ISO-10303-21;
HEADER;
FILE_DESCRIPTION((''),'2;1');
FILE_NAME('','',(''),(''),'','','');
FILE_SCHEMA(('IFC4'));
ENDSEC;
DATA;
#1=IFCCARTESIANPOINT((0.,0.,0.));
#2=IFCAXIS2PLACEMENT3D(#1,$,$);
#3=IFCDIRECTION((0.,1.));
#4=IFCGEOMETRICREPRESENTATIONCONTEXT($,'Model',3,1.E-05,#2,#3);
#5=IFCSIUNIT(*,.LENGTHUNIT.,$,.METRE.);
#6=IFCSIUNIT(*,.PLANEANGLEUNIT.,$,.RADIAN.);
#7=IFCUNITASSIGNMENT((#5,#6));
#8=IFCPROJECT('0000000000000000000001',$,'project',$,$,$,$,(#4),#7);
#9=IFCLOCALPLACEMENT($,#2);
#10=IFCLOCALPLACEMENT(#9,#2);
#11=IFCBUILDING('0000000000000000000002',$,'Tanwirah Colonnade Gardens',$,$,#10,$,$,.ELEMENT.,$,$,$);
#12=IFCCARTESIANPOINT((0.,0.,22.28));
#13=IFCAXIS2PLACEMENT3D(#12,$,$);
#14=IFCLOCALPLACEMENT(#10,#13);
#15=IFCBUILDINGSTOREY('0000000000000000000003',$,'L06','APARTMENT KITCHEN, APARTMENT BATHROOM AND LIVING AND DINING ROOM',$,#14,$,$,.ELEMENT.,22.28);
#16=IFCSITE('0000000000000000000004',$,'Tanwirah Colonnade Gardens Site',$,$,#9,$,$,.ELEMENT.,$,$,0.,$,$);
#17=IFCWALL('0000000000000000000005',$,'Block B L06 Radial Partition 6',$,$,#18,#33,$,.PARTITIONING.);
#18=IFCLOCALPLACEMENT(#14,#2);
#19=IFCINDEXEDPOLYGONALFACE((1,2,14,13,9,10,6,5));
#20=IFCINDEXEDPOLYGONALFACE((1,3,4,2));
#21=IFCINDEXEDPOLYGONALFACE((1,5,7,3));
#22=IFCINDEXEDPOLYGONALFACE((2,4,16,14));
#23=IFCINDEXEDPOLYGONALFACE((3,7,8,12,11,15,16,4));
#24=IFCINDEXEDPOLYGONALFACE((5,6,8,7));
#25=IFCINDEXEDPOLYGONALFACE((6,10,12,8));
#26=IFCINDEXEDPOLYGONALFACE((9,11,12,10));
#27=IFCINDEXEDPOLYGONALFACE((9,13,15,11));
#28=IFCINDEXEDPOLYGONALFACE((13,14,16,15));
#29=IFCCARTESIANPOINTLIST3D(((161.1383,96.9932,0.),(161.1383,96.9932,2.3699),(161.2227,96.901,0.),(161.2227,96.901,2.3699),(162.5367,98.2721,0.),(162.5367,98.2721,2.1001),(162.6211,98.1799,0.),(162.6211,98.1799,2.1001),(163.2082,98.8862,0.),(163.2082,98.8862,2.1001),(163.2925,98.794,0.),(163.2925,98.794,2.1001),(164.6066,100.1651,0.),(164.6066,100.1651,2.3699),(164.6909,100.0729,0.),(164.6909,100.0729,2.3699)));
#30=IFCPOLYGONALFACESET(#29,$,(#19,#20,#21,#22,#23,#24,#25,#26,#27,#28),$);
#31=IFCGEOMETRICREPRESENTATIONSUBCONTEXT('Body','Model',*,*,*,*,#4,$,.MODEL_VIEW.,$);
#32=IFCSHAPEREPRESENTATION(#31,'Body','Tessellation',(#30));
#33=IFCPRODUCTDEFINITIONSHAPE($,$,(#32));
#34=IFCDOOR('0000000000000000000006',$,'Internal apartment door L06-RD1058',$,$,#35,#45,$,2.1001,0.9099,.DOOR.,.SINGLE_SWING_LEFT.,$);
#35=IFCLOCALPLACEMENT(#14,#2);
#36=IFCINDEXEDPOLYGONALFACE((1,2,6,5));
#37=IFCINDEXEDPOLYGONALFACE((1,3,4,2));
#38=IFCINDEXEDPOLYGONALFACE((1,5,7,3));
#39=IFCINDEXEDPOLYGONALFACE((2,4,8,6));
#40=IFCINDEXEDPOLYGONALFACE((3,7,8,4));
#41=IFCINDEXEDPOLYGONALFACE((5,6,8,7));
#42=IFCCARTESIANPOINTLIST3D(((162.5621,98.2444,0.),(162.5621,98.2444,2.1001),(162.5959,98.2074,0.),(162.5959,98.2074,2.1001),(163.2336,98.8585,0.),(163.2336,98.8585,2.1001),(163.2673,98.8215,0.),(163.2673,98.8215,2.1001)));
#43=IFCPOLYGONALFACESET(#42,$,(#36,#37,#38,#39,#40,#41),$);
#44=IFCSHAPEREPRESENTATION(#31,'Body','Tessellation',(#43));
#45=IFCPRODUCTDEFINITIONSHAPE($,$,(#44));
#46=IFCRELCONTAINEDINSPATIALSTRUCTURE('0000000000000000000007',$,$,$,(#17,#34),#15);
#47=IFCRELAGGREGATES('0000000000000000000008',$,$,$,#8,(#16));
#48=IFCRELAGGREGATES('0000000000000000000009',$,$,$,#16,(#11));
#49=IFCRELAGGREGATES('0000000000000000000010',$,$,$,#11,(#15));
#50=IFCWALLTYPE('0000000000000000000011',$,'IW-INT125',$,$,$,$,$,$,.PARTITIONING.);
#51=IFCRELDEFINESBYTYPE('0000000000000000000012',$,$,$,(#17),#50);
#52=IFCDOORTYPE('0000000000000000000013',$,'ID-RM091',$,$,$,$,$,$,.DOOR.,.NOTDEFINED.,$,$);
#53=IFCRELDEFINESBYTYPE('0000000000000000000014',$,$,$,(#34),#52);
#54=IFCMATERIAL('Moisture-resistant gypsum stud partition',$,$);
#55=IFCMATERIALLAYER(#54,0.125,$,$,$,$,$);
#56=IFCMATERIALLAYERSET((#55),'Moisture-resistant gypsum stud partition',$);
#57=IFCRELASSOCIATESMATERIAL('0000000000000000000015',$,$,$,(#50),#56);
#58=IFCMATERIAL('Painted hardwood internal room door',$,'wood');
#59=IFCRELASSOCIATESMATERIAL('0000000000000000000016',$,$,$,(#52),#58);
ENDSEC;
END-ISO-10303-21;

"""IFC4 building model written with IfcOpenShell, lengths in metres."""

from ifc_helpers import new_model, si_unit, direction, frame, frame_2d, origin, place, context, subcontext, project, spatial, rectangle, extrude, material, layer, layer_set, type_object, element, fill, save


model = new_model("IFC4")

# Units and contexts
model_context = context("Model", 3, precision=1e-05, world=origin(), true_north=direction((0.0, 1.0)))
body_context = subcontext(model_context, "Body", "Model", "MODEL_VIEW")
ifc_project = project(units=[si_unit("LENGTHUNIT", "METRE"), si_unit("PLANEANGLEUNIT", "RADIAN")], contexts=[model_context])

# Site, building, storey
site_placement = place(None, origin())
site = spatial("IfcSite", under=ifc_project, at=site_placement, Name="Tanwirah Colonnade Gardens Site", CompositionType="ELEMENT", RefElevation=0.0)
building_placement = place(site_placement, origin())
building = spatial("IfcBuilding", under=site, at=building_placement, Name="Tanwirah Colonnade Gardens", CompositionType="ELEMENT")
storey_placement = place(building_placement, frame((0.0, 0.0, 22.28)))
storey = spatial("IfcBuildingStorey", under=building, at=storey_placement, Name="L06", Description="APARTMENT KITCHEN, APARTMENT BATHROOM AND LIVING AND DINING ROOM", CompositionType="ELEMENT", Elevation=22.28)

# Wall, opening, door
ifc_material_1 = material(Name="Moisture-resistant gypsum stud partition")
ifc_layer_1 = layer(ifc_material_1, 0.125)
ifc_layer_set_1 = layer_set([ifc_layer_1], Name="Moisture-resistant gypsum stud partition")
wall_type_1 = type_object("IfcWallType", Name="IW-INT125", PredefinedType="PARTITIONING", material=ifc_layer_set_1)
wall_1_placement = place(storey_placement, frame((161.1804, 96.947, 0.0), z_axis=(0.0, 0.0, 1.0), x_axis=(0.737934, 0.674873, 0.0)))
wall_1 = element("IfcWall", 1, at=wall_1_placement, inside=storey, type_object=wall_type_1, Name="Block B L06 Radial Partition 6", PredefinedType="PARTITIONING", context=body_context, shape_type="SweptSolid", body=[
    extrude(rectangle(XDim=4.7, YDim=0.125, at=frame_2d((2.3501, 0.0))), origin(), (0.0, 0.0, 1.0), 2.3699),
])
opening_1_placement = place(wall_1_placement, frame((1.895, 0.0, 0.0)))
opening_1 = element("IfcOpeningElement", 2, at=opening_1_placement, cuts=wall_1, PredefinedType="OPENING", context=body_context, shape_type="SweptSolid", body=[
    extrude(rectangle(XDim=0.9099, YDim=2.1001, at=frame_2d((0.4551, 1.05))), frame((0.0, 0.0725, 0.0), z_axis=(0.0, -1.0, 0.0), x_axis=(1.0, 0.0, 0.0)), (0.0, 0.0, 1.0), 0.145),
])
ifc_material_2 = material(Name="Painted hardwood internal room door", Category="wood")
door_type_1 = type_object("IfcDoorType", Name="ID-RM091", OperationType="NOTDEFINED", PredefinedType="DOOR", material=ifc_material_2)
door_1_placement = place(opening_1_placement, origin())
door_1 = element("IfcDoor", 3, at=door_1_placement, inside=storey, type_object=door_type_1, Name="Internal apartment door L06-RD1058", OperationType="SINGLE_SWING_LEFT", OverallHeight=2.1001, OverallWidth=0.9099, PredefinedType="DOOR", context=body_context, shape_type="SweptSolid", body=[
    extrude(rectangle(XDim=0.9099, YDim=2.1001, at=frame_2d((0.4551, 1.05))), frame((0.0, 0.0249, 0.0), z_axis=(0.0, -1.0, 0.0), x_axis=(1.0, 0.0, 0.0)), (0.0, 0.0, 1.0), 0.05),
])
fill(opening_1, door_1)

save(model, "model.ifc")
